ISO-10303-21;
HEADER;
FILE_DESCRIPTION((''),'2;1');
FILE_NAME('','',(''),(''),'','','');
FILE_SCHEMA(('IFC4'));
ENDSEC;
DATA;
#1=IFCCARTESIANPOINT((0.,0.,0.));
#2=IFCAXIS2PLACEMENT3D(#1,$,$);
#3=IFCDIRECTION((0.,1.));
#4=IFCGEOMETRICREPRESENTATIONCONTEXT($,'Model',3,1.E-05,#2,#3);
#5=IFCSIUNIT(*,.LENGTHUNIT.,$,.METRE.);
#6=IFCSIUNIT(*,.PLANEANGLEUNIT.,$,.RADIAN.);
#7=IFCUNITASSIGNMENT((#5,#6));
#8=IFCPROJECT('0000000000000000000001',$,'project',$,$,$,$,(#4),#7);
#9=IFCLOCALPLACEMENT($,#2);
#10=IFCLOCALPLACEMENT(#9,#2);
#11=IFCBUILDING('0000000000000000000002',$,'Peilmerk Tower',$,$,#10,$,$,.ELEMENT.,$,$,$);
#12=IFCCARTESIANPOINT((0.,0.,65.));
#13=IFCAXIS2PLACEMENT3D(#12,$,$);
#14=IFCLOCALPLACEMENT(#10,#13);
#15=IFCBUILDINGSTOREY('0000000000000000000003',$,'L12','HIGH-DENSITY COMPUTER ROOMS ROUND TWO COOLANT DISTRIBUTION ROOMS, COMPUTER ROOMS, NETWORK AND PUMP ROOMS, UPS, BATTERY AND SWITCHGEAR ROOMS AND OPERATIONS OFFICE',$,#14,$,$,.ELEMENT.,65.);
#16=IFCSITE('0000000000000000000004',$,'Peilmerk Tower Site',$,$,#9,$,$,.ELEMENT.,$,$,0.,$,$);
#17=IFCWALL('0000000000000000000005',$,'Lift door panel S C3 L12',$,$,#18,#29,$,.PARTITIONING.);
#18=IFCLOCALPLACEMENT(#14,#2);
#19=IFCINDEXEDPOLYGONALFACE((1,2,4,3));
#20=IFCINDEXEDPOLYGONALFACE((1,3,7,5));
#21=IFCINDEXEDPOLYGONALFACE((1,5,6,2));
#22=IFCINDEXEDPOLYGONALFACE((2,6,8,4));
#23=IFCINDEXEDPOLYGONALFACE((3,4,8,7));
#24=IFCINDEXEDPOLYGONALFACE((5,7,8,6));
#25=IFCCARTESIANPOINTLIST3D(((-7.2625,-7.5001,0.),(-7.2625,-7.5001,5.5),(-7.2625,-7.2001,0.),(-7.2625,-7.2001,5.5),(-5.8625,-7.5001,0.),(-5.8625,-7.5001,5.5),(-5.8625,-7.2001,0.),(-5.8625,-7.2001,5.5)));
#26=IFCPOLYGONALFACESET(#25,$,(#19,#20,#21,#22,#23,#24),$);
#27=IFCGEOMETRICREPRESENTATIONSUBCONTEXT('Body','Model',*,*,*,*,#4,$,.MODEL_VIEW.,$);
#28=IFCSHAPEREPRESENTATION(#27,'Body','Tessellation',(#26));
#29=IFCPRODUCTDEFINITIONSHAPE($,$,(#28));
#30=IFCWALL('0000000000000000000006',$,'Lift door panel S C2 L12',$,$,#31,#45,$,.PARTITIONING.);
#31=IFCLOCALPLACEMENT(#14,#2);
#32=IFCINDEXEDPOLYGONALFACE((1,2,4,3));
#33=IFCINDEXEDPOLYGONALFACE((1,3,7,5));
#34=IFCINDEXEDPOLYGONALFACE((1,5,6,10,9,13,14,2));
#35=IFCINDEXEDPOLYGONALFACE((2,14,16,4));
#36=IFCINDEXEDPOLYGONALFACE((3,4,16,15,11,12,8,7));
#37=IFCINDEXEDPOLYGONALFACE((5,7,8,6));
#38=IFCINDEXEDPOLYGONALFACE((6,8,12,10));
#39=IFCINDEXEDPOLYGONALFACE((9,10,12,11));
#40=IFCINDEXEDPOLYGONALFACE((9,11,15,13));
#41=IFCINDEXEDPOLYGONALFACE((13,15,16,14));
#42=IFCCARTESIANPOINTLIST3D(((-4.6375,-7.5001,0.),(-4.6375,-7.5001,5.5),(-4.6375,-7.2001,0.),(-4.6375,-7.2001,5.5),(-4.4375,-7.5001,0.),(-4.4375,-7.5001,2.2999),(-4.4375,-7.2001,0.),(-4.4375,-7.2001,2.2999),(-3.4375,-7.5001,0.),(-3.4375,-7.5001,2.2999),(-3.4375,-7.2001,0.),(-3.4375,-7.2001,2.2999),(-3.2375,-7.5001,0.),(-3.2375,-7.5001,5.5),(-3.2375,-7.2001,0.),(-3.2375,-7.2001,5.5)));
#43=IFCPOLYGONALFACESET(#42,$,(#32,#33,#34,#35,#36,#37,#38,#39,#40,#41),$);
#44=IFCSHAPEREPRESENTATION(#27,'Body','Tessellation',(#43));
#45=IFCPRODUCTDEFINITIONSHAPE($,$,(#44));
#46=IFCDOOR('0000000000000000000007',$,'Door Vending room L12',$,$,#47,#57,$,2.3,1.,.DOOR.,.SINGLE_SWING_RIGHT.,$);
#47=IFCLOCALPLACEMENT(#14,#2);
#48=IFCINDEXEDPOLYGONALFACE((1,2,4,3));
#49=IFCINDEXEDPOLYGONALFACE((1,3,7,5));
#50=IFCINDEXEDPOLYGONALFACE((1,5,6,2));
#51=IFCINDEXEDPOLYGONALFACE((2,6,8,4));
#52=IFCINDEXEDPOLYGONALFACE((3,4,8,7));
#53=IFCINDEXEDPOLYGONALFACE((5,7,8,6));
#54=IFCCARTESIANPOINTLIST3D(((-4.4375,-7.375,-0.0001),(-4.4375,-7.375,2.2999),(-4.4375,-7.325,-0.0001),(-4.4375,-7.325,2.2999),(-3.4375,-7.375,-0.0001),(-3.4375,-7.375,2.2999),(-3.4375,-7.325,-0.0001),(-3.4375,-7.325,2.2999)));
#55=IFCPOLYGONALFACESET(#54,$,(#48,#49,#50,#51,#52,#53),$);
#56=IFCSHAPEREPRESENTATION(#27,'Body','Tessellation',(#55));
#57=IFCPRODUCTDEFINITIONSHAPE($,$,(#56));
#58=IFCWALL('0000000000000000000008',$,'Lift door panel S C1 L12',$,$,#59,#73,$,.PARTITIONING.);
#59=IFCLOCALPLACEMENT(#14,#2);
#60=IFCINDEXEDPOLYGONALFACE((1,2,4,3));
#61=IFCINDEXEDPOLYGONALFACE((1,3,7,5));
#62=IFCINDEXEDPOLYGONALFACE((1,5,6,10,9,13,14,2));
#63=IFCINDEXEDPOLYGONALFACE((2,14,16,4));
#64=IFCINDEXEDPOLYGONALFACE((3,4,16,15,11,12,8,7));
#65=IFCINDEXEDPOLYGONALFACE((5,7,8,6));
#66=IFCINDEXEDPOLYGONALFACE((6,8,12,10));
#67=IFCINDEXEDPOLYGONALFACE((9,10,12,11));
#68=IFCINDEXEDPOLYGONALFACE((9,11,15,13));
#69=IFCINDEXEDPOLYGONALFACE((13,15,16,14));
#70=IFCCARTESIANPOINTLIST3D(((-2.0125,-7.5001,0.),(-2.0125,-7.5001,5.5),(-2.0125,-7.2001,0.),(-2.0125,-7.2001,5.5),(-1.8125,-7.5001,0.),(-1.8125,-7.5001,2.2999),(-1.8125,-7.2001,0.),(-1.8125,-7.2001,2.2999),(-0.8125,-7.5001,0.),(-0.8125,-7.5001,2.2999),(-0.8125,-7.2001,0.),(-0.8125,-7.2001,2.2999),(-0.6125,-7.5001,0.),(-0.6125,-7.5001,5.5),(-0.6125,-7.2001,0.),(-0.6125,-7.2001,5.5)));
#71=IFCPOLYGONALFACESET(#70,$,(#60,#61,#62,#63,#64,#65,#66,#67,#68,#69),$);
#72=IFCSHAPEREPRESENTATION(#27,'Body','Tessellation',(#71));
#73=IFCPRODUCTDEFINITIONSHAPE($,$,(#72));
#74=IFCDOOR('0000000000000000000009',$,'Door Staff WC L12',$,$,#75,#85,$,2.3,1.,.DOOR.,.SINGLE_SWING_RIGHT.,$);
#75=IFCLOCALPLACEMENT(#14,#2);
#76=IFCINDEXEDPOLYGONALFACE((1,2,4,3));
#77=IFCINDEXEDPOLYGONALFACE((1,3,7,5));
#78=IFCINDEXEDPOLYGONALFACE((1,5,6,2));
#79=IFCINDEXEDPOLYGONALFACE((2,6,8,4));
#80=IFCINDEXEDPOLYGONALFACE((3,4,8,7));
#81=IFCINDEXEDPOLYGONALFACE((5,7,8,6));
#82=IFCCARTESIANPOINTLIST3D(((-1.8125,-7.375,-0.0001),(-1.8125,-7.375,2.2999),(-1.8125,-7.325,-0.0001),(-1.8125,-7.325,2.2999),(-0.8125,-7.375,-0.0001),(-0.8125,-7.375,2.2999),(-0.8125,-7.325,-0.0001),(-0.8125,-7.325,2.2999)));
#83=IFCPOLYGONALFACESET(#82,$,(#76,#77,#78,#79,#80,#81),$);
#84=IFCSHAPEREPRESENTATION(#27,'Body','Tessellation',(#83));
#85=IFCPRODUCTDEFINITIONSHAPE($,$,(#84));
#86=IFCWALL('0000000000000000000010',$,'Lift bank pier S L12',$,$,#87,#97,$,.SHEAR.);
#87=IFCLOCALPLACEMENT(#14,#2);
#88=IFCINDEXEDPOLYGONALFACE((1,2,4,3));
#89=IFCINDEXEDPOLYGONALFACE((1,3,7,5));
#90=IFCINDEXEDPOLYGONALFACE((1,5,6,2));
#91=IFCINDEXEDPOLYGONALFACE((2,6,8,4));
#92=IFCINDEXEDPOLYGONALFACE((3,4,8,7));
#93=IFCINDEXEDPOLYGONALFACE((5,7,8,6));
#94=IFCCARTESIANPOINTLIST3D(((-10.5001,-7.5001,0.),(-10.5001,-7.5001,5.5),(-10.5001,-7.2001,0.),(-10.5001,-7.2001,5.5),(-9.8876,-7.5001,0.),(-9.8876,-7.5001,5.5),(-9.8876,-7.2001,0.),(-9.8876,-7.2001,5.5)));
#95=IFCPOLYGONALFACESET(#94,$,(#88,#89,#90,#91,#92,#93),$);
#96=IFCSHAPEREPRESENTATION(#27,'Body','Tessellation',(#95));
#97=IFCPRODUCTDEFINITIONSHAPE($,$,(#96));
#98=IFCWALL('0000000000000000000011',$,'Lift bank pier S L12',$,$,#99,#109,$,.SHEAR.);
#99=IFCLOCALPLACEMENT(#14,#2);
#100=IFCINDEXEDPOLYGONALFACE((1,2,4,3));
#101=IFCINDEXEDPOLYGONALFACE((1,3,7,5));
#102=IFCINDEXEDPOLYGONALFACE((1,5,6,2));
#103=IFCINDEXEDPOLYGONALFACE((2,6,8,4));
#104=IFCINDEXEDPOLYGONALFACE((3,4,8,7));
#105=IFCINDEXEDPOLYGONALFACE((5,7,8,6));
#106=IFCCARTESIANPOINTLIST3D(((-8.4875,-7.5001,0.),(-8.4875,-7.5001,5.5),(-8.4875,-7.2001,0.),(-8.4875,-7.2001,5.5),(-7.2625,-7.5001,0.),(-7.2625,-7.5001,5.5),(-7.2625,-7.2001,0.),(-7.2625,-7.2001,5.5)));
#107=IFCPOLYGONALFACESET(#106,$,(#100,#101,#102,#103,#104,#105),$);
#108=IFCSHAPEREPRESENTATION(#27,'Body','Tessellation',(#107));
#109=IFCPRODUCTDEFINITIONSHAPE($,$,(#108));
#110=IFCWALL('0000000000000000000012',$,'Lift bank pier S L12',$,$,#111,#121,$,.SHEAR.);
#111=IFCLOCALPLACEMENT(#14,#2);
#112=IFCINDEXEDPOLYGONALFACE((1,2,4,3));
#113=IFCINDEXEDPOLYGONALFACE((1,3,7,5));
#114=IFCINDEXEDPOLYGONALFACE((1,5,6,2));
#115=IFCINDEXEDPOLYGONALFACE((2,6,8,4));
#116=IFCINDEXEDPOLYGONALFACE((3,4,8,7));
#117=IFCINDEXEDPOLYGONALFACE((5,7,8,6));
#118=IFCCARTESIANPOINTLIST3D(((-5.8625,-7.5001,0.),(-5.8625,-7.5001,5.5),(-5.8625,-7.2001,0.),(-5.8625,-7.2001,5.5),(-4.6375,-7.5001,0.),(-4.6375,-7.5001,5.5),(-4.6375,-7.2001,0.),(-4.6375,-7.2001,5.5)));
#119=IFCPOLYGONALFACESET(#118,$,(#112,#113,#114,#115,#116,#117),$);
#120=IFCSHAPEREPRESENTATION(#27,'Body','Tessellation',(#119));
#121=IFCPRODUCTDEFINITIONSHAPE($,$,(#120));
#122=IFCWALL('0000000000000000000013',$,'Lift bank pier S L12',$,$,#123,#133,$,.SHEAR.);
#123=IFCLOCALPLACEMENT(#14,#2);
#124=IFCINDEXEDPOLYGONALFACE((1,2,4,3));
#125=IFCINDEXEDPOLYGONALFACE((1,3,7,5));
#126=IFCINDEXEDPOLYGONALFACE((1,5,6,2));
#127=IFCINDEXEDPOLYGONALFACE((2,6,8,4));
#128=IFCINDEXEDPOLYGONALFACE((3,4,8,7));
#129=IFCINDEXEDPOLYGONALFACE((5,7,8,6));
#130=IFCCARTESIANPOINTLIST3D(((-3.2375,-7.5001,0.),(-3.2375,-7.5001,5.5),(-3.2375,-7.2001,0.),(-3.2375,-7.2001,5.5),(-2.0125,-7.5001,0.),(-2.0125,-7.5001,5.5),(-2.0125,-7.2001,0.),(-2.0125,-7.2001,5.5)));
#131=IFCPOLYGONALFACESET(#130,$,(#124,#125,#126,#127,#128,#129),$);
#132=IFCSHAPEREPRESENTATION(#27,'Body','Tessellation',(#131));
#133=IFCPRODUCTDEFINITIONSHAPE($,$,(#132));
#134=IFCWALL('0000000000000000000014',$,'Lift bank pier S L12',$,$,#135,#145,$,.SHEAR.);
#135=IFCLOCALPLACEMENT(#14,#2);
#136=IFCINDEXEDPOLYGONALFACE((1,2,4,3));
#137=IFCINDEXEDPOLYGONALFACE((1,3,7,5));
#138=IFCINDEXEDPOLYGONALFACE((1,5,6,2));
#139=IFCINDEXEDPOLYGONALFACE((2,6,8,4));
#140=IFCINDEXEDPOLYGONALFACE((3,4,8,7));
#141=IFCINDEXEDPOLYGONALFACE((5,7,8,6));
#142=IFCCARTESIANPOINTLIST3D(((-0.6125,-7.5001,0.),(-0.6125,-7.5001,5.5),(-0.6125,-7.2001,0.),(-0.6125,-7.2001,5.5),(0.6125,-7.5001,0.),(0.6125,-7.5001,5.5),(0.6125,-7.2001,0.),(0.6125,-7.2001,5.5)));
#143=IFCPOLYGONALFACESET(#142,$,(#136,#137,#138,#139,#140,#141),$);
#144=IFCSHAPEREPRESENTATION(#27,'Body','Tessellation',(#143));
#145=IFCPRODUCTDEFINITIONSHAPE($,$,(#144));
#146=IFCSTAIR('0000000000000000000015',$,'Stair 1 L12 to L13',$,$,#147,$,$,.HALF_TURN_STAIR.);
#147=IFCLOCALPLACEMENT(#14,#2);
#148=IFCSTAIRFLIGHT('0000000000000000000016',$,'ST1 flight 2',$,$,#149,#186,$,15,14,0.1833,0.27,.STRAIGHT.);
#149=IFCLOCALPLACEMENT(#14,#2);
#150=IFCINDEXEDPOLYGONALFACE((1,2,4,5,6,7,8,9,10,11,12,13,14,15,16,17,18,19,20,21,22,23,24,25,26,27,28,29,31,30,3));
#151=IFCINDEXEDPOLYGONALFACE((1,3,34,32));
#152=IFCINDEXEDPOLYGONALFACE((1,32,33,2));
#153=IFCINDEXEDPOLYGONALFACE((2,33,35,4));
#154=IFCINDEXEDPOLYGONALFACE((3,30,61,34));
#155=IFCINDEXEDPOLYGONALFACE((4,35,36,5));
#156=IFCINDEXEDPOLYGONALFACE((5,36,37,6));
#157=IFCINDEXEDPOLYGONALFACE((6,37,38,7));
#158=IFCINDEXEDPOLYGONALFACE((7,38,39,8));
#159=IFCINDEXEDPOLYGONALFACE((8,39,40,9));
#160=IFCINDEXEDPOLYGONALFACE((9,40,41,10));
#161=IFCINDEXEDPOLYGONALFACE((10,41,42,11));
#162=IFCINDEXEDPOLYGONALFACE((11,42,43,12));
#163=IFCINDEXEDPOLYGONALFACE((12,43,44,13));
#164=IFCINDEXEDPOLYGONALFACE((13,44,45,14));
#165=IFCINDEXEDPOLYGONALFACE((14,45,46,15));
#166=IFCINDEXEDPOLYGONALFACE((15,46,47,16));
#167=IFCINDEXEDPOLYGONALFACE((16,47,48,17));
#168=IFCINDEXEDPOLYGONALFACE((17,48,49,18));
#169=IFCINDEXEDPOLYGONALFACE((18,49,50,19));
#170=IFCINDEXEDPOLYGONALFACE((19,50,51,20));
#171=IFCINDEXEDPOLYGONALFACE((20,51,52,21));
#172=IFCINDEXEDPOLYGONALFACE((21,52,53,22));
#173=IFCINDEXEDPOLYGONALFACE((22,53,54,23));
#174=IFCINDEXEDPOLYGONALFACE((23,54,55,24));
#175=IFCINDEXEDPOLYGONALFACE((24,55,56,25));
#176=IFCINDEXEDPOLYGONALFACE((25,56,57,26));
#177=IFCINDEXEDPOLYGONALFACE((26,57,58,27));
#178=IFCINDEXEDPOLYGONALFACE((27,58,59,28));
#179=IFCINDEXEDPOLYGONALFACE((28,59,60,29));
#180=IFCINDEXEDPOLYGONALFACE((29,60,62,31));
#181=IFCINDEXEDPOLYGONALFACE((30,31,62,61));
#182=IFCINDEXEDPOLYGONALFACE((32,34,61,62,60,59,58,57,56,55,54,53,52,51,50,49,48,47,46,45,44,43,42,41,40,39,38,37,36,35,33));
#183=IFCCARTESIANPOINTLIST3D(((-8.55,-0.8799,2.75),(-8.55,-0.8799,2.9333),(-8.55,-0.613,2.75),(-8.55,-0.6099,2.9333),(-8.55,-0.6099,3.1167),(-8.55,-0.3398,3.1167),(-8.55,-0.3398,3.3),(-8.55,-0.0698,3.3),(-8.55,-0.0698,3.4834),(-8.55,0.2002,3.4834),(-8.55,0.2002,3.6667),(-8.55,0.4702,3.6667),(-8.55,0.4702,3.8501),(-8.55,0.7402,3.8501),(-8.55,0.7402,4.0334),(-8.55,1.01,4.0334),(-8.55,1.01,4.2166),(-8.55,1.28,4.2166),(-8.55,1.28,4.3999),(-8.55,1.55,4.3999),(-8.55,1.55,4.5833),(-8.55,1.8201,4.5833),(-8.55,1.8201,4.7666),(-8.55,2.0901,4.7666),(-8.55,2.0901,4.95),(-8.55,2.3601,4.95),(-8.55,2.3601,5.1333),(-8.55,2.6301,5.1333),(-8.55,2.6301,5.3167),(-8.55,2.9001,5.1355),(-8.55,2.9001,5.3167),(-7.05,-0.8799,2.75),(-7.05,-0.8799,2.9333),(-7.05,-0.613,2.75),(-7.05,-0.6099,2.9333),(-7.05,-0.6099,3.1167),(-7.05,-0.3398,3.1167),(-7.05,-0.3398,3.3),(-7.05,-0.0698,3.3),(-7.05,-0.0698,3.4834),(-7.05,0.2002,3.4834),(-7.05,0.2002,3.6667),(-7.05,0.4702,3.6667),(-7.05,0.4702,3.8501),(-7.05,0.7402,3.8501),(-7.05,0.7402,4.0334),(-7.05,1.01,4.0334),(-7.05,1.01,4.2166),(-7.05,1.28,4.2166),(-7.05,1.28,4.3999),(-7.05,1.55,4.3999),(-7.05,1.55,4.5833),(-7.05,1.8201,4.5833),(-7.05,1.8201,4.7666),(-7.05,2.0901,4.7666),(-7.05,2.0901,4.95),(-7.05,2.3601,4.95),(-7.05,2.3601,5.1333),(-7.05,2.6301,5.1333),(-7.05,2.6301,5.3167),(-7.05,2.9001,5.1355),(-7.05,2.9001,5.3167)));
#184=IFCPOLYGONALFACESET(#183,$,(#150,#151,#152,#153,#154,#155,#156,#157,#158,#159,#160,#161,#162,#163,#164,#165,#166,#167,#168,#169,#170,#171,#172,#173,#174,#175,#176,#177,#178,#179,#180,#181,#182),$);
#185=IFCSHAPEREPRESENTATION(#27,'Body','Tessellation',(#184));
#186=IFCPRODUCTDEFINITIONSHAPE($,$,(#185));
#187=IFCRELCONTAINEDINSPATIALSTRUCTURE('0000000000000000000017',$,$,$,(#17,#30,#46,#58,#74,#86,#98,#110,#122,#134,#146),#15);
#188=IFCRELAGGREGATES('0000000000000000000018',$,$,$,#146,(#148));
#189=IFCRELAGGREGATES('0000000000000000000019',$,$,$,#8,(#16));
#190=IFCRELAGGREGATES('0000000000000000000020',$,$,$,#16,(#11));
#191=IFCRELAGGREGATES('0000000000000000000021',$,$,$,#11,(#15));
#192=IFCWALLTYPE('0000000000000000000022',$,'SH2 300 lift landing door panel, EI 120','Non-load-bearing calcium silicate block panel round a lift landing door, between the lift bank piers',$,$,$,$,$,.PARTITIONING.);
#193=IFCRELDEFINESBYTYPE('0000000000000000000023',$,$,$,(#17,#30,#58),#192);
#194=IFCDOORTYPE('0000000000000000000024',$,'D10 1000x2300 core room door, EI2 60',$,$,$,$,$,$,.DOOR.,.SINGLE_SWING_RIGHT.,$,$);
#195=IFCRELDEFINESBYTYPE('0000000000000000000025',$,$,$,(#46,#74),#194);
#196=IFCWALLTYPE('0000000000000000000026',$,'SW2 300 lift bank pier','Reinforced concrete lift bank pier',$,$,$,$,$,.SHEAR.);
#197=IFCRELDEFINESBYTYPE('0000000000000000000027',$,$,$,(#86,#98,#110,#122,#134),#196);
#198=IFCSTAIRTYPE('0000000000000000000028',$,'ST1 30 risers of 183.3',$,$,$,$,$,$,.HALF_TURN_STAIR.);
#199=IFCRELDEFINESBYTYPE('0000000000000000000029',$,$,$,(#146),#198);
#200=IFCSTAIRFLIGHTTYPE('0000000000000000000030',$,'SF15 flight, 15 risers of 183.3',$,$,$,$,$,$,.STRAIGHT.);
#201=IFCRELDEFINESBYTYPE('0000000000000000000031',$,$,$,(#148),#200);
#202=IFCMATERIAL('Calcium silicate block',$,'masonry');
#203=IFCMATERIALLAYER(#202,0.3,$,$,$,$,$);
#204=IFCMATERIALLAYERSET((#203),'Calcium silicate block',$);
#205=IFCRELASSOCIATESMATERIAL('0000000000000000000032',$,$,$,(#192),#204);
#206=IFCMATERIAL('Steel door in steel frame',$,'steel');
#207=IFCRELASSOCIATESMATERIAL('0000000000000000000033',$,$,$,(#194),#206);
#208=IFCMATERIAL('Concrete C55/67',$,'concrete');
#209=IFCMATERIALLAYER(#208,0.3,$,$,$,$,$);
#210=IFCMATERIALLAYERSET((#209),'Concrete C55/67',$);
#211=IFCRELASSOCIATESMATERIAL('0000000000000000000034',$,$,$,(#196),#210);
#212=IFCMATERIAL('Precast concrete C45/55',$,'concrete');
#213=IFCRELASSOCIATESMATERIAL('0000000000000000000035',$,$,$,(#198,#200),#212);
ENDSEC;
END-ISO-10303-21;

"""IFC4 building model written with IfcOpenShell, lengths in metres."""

from ifc_helpers import new_model, si_unit, direction, frame, frame_2d, origin, place, context, subcontext, project, spatial, polyline, rectangle, outline, extrude, material, layer, layer_set, type_object, element, fill, aggregate, save


model = new_model("IFC4")

# Units and contexts
model_context = context("Model", 3, precision=1e-05, world=origin(), true_north=direction((0.0, 1.0)))
body_context = subcontext(model_context, "Body", "Model", "MODEL_VIEW")
ifc_project = project(units=[si_unit("LENGTHUNIT", "METRE"), si_unit("PLANEANGLEUNIT", "RADIAN")], contexts=[model_context])

# Site, building, storey
site_placement = place(None, origin())
site = spatial("IfcSite", under=ifc_project, at=site_placement, Name="Peilmerk Tower Site", CompositionType="ELEMENT", RefElevation=0.0)
building_placement = place(site_placement, origin())
building = spatial("IfcBuilding", under=site, at=building_placement, Name="Peilmerk Tower", CompositionType="ELEMENT")
storey_placement = place(building_placement, frame((0.0, 0.0, 65.0)))
storey = spatial("IfcBuildingStorey", under=building, at=storey_placement, Name="L12", Description="HIGH-DENSITY COMPUTER ROOMS ROUND TWO COOLANT DISTRIBUTION ROOMS, COMPUTER ROOMS, NETWORK AND PUMP ROOMS, UPS, BATTERY AND SWITCHGEAR ROOMS AND OPERATIONS OFFICE", CompositionType="ELEMENT", Elevation=65.0)

# Shared definitions
ifc_material_1 = material(Name="Calcium silicate block", Category="masonry")

# Shared definitions
ifc_layer_1 = layer(ifc_material_1, 0.3)
ifc_layer_set_1 = layer_set([ifc_layer_1], Name="Calcium silicate block")
wall_type_1 = type_object("IfcWallType", Name="SH2 300 lift landing door panel, EI 120", Description="Non-load-bearing calcium silicate block panel round a lift landing door, between the lift bank piers", PredefinedType="PARTITIONING", material=ifc_layer_set_1)
ifc_material_2 = material(Name="Steel door in steel frame", Category="steel")
door_type = type_object("IfcDoorType", Name="D10 1000x2300 core room door, EI2 60", OperationType="SINGLE_SWING_RIGHT", PredefinedType="DOOR", material=ifc_material_2)

# Wall
wall_1_placement = place(storey_placement, frame((-7.2625, -7.3501, 0.0), z_axis=(0.0, 0.0, 1.0), x_axis=(1.0, 0.0, 0.0)))
element("IfcWall", 1, at=wall_1_placement, inside=storey, type_object=wall_type_1, Name="Lift door panel S C3 L12", PredefinedType="PARTITIONING", context=body_context, shape_type="SweptSolid", body=[
    extrude(rectangle(XDim=1.3999, YDim=0.3, at=frame_2d((0.7, 0.0))), origin(), (0.0, 0.0, 1.0), 5.5),
])

# Walls, openings, doors
wall_2_placement = place(storey_placement, frame((-4.6375, -7.3501, 0.0), z_axis=(0.0, 0.0, 1.0), x_axis=(1.0, 0.0, 0.0)))
wall_2 = element("IfcWall", 2, at=wall_2_placement, inside=storey, type_object=wall_type_1, Name="Lift door panel S C2 L12", PredefinedType="PARTITIONING", context=body_context, shape_type="SweptSolid", body=[
    extrude(rectangle(XDim=1.3999, YDim=0.3, at=frame_2d((0.7, 0.0))), origin(), (0.0, 0.0, 1.0), 5.5),
])
opening_1_placement = place(wall_2_placement, frame((0.2, 0.0, 0.0)))
opening_1 = element("IfcOpeningElement", 3, at=opening_1_placement, cuts=wall_2, PredefinedType="OPENING", context=body_context, shape_type="SweptSolid", body=[
    extrude(rectangle(XDim=1.0, YDim=2.3, at=frame_2d((0.5, 1.1499))), frame((0.0, 0.1599, 0.0), z_axis=(0.0, -1.0, 0.0), x_axis=(1.0, 0.0, 0.0)), (0.0, 0.0, 1.0), 0.3201),
])
door_1_placement = place(opening_1_placement, frame((1.0, 0.0, 0.0), z_axis=(0.0, 0.0, 1.0), x_axis=(-1.0, 0.0, 0.0)))
door_1 = element("IfcDoor", 4, at=door_1_placement, inside=storey, type_object=door_type, Name="Door Vending room L12", OperationType="SINGLE_SWING_RIGHT", OverallHeight=2.3, OverallWidth=1.0, PredefinedType="DOOR", context=body_context, shape_type="SweptSolid", body=[
    extrude(rectangle(XDim=1.0, YDim=2.3, at=frame_2d((0.5, 1.1499))), frame((0.0, 0.0249, 0.0), z_axis=(0.0, -1.0, 0.0), x_axis=(1.0, 0.0, 0.0)), (0.0, 0.0, 1.0), 0.05),
])
fill(opening_1, door_1)
wall_3_placement = place(storey_placement, frame((-2.0125, -7.3501, 0.0), z_axis=(0.0, 0.0, 1.0), x_axis=(1.0, 0.0, 0.0)))
wall_3 = element("IfcWall", 5, at=wall_3_placement, inside=storey, type_object=wall_type_1, Name="Lift door panel S C1 L12", PredefinedType="PARTITIONING", context=body_context, shape_type="SweptSolid", body=[
    extrude(rectangle(XDim=1.3999, YDim=0.3, at=frame_2d((0.7, 0.0))), origin(), (0.0, 0.0, 1.0), 5.5),
])
opening_2_placement = place(wall_3_placement, frame((0.2, 0.0, 0.0)))
opening_2 = element("IfcOpeningElement", 6, at=opening_2_placement, cuts=wall_3, PredefinedType="OPENING", context=body_context, shape_type="SweptSolid", body=[
    extrude(rectangle(XDim=1.0, YDim=2.3, at=frame_2d((0.5, 1.1499))), frame((0.0, 0.1599, 0.0), z_axis=(0.0, -1.0, 0.0), x_axis=(1.0, 0.0, 0.0)), (0.0, 0.0, 1.0), 0.3201),
])
door_2_placement = place(opening_2_placement, frame((1.0, 0.0, 0.0), z_axis=(0.0, 0.0, 1.0), x_axis=(-1.0, 0.0, 0.0)))
door_2 = element("IfcDoor", 7, at=door_2_placement, inside=storey, type_object=door_type, Name="Door Staff WC L12", OperationType="SINGLE_SWING_RIGHT", OverallHeight=2.3, OverallWidth=1.0, PredefinedType="DOOR", context=body_context, shape_type="SweptSolid", body=[
    extrude(rectangle(XDim=1.0, YDim=2.3, at=frame_2d((0.5, 1.1499))), frame((0.0, 0.0249, 0.0), z_axis=(0.0, -1.0, 0.0), x_axis=(1.0, 0.0, 0.0)), (0.0, 0.0, 1.0), 0.05),
])
fill(opening_2, door_2)

# Walls
ifc_material_3 = material(Name="Concrete C55/67", Category="concrete")
ifc_layer_2 = layer(ifc_material_3, 0.3)
ifc_layer_set_2 = layer_set([ifc_layer_2], Name="Concrete C55/67")
wall_type_2 = type_object("IfcWallType", Name="SW2 300 lift bank pier", Description="Reinforced concrete lift bank pier", PredefinedType="SHEAR", material=ifc_layer_set_2)
wall_4_placement = place(storey_placement, frame((-10.5, -7.3501, 0.0), z_axis=(0.0, 0.0, 1.0), x_axis=(1.0, 0.0, 0.0)))
element("IfcWall", 8, at=wall_4_placement, inside=storey, type_object=wall_type_2, Name="Lift bank pier S L12", PredefinedType="SHEAR", context=body_context, shape_type="SweptSolid", body=[
    extrude(rectangle(XDim=0.6125, YDim=0.3, at=frame_2d((0.3062, 0.0))), origin(), (0.0, 0.0, 1.0), 5.5),
])
for number, where, z_axis, x_axis, name in (
    (9, (-8.4875, -7.3501, 0.0), (0.0, 0.0, 1.0), (1.0, 0.0, 0.0), "Lift bank pier S L12"),
    (10, (-5.8625, -7.3501, 0.0), (0.0, 0.0, 1.0), (1.0, 0.0, 0.0), "Lift bank pier S L12"),
    (11, (-3.2375, -7.3501, 0.0), (0.0, 0.0, 1.0), (1.0, 0.0, 0.0), "Lift bank pier S L12"),
    (12, (-0.6125, -7.3501, 0.0), (0.0, 0.0, 1.0), (1.0, 0.0, 0.0), "Lift bank pier S L12"),
):
    element("IfcWall", number, at=place(storey_placement, frame(where, z_axis=z_axis, x_axis=x_axis)), inside=storey, type_object=wall_type_2, Name=name, PredefinedType="SHEAR", context=body_context, shape_type="SweptSolid", body=[
        extrude(rectangle(XDim=1.2251, YDim=0.3, at=frame_2d((0.6125, 0.0))), origin(), (0.0, 0.0, 1.0), 5.5),
    ])

# Stair, stair flight
ifc_material_4 = material(Name="Precast concrete C45/55", Category="concrete")
stair_type = type_object("IfcStairType", Name="ST1 30 risers of 183.3", PredefinedType="HALF_TURN_STAIR", material=ifc_material_4)
stair_placement = place(storey_placement, origin())
stair = element("IfcStair", 13, at=stair_placement, inside=storey, type_object=stair_type, Name="Stair 1 L12 to L13", PredefinedType="HALF_TURN_STAIR")
stair_flight_type = type_object("IfcStairFlightType", Name="SF15 flight, 15 risers of 183.3", PredefinedType="STRAIGHT", material=ifc_material_4)
stair_flight_placement = place(storey_placement, frame((-7.8, -0.8799, 2.75), z_axis=(0.0, 0.0, 1.0), x_axis=(0.0, 1.0, 0.0)))
stair_flight = element("IfcStairFlight", 14, at=stair_flight_placement, type_object=stair_flight_type, Name="ST1 flight 2", NumberOfRisers=15, NumberOfTreads=14, PredefinedType="STRAIGHT", RiserHeight=0.1833, TreadLength=0.27, context=body_context, shape_type="SweptSolid", body=[
    extrude(outline(polyline([(0.0, 0.0), (0.0, 0.1833), (0.27, 0.1833), (0.27, 0.3667), (0.54, 0.3667), (0.54, 0.55), (0.8101, 0.55), (0.8101, 0.7334), (1.0801, 0.7334), (1.0801, 0.9167), (1.3501, 0.9167), (1.3501, 1.1001), (1.6201, 1.1001), (1.6201, 1.2834), (1.8899, 1.2834), (1.8899, 1.4666), (2.1599, 1.4666), (2.1599, 1.6499), (2.4299, 1.6499), (2.4299, 1.8333), (2.7, 1.8333), (2.7, 2.0166), (2.97, 2.0166), (2.97, 2.2), (3.24, 2.2), (3.24, 2.3833), (3.51, 2.3833), (3.51, 2.5667), (3.78, 2.5667), (3.78, 2.75), (3.78, 2.3855), (0.2668, 0.0), (0.0, 0.0)])), frame((0.0, 0.75, 0.0), z_axis=(0.0, -1.0, 0.0), x_axis=(1.0, 0.0, 0.0)), (0.0, 0.0, 1.0), 1.5),
])
aggregate(stair, [stair_flight])

save(model, "model.ifc")
